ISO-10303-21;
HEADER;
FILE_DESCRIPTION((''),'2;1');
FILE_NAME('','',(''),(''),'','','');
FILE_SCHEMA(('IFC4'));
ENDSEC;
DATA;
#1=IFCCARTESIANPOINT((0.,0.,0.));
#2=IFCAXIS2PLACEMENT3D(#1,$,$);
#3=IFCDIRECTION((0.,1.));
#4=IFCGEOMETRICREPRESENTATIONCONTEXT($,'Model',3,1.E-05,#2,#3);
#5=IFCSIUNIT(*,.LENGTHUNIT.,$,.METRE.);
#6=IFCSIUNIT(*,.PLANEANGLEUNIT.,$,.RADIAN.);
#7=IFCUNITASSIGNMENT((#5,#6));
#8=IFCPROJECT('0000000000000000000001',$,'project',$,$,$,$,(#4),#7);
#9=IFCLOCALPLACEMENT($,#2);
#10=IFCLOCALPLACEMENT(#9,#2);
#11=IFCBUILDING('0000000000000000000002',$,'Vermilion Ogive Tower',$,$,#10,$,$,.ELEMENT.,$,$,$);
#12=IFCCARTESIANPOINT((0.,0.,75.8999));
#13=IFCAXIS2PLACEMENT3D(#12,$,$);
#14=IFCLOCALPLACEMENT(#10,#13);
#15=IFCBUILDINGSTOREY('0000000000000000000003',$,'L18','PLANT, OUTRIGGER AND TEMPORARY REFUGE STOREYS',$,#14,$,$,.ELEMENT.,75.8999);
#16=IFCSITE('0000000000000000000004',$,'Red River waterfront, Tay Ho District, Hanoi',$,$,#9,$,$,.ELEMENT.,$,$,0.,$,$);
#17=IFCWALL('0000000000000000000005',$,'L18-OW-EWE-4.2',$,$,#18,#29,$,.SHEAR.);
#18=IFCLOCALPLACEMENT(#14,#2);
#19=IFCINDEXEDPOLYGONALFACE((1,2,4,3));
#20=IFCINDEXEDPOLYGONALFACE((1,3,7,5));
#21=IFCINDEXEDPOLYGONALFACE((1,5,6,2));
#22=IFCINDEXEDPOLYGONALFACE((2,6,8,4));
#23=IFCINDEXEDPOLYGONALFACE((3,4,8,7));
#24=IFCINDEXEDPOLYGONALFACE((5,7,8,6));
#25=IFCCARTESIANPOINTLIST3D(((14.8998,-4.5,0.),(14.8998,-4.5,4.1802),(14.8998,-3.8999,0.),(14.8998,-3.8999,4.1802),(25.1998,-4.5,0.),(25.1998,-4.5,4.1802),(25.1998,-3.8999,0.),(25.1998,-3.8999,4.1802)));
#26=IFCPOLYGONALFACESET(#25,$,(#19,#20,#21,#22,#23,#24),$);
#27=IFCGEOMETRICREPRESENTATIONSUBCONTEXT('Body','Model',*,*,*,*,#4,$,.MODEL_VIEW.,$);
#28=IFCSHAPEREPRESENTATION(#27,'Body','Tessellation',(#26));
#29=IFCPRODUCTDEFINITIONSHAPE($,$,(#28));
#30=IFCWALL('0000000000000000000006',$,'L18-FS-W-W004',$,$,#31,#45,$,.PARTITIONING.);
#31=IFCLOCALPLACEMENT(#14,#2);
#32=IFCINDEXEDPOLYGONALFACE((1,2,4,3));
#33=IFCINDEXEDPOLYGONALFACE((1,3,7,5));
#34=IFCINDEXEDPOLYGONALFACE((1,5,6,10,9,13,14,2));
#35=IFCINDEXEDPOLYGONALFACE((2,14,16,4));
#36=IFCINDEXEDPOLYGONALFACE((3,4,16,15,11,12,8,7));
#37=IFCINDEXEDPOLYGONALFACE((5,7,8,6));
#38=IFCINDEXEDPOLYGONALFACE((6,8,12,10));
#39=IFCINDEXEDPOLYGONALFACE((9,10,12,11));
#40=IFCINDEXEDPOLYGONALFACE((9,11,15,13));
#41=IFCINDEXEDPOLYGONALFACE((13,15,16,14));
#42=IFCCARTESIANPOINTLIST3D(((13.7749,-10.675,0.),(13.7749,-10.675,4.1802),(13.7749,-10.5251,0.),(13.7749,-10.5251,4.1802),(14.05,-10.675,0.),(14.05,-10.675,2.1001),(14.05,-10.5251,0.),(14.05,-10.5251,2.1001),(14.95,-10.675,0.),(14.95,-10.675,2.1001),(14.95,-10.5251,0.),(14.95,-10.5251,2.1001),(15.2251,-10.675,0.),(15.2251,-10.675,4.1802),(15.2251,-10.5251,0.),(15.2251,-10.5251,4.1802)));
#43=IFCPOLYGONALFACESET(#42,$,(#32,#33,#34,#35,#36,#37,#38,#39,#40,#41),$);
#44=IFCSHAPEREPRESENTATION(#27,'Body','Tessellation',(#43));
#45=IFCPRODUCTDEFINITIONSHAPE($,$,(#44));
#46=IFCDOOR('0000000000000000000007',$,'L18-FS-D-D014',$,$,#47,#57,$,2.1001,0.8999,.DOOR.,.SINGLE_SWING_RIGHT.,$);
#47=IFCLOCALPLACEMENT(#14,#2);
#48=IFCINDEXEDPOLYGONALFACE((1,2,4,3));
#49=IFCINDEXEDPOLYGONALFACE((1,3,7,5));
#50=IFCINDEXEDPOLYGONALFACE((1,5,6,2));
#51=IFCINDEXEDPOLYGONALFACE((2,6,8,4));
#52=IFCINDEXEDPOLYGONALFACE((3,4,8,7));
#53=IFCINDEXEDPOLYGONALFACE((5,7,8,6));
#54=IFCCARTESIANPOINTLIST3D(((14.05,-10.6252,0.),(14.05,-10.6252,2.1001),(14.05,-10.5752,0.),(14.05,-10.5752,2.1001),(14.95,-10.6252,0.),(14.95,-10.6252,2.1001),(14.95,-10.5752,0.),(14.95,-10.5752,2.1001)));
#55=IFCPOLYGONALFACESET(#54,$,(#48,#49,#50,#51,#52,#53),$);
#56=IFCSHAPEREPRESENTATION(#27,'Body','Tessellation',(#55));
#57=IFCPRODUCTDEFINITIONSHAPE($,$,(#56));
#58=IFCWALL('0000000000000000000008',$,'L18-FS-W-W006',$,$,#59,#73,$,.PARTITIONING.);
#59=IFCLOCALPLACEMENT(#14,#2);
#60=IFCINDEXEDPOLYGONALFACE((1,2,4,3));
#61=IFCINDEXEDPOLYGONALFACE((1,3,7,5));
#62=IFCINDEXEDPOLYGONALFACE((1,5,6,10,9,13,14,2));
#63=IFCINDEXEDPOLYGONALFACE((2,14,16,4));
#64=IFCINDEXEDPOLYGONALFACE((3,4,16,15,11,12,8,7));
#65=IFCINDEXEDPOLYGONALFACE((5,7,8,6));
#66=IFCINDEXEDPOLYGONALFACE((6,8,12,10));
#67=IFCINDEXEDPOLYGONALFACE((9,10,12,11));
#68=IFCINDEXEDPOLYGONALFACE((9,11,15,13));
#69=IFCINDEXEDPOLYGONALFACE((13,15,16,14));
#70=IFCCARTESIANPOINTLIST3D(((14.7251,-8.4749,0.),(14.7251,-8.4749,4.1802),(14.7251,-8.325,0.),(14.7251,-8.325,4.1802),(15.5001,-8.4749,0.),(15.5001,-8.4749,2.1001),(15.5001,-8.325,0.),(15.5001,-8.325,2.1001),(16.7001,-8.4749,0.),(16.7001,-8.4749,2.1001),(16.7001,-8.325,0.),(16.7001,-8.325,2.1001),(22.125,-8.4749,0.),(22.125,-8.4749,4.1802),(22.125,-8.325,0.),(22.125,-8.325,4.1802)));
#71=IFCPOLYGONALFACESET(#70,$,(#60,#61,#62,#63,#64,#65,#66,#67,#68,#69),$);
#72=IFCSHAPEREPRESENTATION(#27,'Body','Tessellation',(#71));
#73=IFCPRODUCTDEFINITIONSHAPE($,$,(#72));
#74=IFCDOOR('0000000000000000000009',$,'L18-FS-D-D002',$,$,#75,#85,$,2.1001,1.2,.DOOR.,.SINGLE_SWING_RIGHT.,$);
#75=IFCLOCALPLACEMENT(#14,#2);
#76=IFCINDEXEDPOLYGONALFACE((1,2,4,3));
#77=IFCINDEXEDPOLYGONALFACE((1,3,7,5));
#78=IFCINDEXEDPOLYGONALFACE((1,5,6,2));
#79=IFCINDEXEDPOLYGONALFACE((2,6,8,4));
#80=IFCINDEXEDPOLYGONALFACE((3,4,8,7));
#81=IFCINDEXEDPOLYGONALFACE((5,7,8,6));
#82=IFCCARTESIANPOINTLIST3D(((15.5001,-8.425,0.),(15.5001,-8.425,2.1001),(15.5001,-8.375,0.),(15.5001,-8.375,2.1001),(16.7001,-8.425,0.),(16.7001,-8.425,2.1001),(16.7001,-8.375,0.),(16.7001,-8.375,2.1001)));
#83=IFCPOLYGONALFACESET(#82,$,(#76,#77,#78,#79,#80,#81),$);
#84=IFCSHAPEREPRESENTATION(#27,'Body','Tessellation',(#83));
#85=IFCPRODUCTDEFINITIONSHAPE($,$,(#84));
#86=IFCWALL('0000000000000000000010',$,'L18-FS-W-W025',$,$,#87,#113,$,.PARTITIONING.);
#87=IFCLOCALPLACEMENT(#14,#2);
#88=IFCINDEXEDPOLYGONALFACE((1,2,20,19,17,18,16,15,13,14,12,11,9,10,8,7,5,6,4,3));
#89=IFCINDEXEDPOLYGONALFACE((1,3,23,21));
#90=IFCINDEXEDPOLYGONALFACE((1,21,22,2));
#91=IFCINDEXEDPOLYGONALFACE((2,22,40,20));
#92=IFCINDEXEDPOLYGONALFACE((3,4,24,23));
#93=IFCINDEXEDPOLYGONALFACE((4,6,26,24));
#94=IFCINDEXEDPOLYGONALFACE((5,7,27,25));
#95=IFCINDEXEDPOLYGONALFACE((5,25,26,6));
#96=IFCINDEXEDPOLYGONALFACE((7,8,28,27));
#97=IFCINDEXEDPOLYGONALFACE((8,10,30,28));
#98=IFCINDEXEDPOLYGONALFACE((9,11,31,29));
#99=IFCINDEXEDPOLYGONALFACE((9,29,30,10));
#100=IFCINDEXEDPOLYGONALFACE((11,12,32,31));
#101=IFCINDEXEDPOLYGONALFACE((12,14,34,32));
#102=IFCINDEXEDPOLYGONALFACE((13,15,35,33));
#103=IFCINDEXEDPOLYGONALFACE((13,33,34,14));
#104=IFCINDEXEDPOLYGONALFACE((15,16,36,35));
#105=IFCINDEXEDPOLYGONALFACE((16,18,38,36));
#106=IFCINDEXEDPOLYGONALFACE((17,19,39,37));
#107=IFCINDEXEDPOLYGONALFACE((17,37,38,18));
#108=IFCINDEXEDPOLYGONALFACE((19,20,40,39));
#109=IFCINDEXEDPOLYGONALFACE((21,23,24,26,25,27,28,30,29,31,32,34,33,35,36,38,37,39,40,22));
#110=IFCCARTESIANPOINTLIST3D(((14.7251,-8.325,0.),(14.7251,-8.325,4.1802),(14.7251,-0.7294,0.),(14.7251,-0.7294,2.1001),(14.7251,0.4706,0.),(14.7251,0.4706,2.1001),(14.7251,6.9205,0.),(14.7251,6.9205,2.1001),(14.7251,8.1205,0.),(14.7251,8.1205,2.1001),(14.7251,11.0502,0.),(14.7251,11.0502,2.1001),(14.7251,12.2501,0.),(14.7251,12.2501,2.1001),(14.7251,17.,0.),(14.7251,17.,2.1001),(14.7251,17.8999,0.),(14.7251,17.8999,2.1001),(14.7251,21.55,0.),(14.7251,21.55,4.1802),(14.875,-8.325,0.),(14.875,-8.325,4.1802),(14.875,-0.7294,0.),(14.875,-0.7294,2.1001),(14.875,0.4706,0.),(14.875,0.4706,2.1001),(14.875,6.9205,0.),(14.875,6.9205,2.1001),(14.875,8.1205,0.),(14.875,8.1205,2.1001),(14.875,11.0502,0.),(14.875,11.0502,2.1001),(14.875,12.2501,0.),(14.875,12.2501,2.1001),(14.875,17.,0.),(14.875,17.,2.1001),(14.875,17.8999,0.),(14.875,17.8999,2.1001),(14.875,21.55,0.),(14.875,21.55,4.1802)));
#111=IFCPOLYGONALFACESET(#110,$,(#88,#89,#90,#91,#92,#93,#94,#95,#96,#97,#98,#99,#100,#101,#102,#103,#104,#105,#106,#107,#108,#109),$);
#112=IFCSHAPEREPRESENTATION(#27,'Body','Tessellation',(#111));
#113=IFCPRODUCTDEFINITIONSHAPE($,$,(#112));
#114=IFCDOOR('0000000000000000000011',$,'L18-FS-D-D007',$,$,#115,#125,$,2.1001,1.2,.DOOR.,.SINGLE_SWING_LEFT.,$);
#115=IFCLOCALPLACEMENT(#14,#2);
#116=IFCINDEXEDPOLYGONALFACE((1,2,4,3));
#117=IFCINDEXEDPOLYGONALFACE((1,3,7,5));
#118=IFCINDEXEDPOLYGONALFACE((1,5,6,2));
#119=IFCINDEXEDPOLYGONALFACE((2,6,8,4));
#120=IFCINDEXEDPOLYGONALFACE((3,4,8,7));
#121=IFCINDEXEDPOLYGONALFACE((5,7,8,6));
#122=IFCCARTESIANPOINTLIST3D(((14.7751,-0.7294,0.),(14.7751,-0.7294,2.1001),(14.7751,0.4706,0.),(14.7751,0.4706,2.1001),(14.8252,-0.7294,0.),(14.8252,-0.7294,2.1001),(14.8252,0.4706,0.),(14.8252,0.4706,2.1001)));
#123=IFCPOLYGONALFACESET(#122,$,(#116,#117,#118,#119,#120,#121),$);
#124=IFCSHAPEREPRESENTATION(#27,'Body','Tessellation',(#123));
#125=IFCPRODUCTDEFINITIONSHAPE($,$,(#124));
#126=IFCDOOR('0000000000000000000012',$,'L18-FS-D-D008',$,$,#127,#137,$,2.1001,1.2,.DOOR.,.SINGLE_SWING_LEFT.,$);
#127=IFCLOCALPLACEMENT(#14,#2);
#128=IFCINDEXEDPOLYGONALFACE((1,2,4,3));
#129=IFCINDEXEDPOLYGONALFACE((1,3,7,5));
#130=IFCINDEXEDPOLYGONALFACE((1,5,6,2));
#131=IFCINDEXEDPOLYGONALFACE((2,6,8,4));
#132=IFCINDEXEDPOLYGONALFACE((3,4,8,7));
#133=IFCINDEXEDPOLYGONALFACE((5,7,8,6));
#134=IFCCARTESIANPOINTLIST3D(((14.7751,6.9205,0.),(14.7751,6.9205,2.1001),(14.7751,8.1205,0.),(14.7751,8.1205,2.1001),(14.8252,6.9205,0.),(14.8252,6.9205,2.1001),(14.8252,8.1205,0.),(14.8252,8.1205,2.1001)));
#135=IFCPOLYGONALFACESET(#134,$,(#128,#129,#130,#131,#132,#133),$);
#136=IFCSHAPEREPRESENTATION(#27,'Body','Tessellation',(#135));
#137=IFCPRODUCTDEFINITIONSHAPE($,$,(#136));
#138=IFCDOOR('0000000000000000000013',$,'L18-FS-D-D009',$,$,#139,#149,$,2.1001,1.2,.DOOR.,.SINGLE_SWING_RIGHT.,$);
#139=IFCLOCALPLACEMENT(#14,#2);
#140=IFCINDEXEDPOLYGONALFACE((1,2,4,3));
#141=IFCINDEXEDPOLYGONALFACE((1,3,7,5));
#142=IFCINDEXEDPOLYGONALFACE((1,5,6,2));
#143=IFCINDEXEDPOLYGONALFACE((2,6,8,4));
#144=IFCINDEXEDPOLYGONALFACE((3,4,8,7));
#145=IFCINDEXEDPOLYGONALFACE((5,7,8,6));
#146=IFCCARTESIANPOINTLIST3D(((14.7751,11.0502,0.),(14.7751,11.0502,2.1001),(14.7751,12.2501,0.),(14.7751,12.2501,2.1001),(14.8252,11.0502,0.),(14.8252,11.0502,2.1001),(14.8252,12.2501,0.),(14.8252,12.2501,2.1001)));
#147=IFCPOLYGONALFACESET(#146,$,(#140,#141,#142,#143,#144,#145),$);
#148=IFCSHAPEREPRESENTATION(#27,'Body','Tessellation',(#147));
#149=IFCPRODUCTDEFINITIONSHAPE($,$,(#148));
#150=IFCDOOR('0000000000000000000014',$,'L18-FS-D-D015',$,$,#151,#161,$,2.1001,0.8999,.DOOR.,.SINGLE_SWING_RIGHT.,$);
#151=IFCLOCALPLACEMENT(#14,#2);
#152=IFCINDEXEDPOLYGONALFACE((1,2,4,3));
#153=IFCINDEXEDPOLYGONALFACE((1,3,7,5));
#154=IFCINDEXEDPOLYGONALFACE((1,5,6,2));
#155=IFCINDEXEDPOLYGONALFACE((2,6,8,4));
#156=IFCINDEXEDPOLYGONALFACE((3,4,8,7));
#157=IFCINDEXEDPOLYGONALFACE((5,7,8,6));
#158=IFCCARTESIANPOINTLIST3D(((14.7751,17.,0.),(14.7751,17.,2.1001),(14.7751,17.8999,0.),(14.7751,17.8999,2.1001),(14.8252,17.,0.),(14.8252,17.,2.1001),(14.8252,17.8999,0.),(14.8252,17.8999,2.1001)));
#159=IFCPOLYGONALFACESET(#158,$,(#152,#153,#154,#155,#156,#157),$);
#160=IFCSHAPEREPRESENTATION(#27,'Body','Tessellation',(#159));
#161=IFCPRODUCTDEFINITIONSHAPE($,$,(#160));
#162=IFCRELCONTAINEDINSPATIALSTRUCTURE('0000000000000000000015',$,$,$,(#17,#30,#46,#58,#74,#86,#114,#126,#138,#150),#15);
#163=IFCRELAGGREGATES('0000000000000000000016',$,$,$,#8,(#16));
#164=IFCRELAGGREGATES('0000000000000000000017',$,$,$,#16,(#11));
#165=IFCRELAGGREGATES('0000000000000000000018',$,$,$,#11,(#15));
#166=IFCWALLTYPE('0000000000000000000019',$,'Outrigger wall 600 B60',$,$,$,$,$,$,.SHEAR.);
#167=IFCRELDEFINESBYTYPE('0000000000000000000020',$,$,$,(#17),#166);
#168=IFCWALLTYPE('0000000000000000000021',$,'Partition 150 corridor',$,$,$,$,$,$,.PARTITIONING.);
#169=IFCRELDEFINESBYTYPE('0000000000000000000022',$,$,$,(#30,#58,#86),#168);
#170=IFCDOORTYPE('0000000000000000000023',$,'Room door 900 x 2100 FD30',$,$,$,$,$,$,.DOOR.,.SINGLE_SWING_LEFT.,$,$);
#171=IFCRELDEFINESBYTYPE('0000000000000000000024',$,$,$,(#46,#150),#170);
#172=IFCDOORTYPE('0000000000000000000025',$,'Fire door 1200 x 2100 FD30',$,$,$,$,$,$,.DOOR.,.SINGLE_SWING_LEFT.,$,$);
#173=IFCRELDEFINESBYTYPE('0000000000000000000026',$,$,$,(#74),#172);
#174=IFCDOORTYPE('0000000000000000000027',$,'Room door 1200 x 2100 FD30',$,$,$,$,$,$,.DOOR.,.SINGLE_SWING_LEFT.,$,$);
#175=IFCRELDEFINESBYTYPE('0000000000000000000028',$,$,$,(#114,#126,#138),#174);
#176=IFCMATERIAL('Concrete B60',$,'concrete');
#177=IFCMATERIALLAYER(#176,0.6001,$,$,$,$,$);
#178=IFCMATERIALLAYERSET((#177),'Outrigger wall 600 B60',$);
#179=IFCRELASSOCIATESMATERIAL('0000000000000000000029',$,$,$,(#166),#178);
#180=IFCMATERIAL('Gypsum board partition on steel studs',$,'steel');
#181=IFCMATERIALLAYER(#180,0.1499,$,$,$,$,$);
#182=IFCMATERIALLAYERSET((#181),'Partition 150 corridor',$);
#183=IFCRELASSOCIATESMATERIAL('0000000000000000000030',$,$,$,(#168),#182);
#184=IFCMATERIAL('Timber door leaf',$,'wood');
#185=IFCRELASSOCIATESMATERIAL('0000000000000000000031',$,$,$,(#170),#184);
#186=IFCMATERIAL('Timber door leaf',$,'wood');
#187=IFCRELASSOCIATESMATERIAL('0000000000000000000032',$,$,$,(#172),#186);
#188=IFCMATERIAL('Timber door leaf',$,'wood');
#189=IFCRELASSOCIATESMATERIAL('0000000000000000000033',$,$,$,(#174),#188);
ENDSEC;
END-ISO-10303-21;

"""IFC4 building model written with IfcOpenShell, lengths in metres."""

from ifc_helpers import new_model, si_unit, direction, frame, frame_2d, origin, place, context, subcontext, project, spatial, rectangle, extrude, material, layer, layer_set, type_object, element, fill, save


model = new_model("IFC4")

# Units and contexts
model_context = context("Model", 3, precision=1e-05, world=origin(), true_north=direction((0.0, 1.0)))
body_context = subcontext(model_context, "Body", "Model", "MODEL_VIEW")
ifc_project = project(units=[si_unit("LENGTHUNIT", "METRE"), si_unit("PLANEANGLEUNIT", "RADIAN")], contexts=[model_context])

# Site, building, storey
site_placement = place(None, origin())
site = spatial("IfcSite", under=ifc_project, at=site_placement, Name="Red River waterfront, Tay Ho District, Hanoi", CompositionType="ELEMENT", RefElevation=0.0)
building_placement = place(site_placement, origin())
building = spatial("IfcBuilding", under=site, at=building_placement, Name="Vermilion Ogive Tower", CompositionType="ELEMENT")
storey_placement = place(building_placement, frame((0.0, 0.0, 75.8999)))
storey = spatial("IfcBuildingStorey", under=building, at=storey_placement, Name="L18", Description="PLANT, OUTRIGGER AND TEMPORARY REFUGE STOREYS", CompositionType="ELEMENT", Elevation=75.8999)

# Wall
ifc_material_1 = material(Name="Concrete B60", Category="concrete")
ifc_layer_1 = layer(ifc_material_1, 0.6001)
ifc_layer_set_1 = layer_set([ifc_layer_1], Name="Outrigger wall 600 B60")
wall_type_1 = type_object("IfcWallType", Name="Outrigger wall 600 B60", PredefinedType="SHEAR", material=ifc_layer_set_1)
wall_1_placement = place(storey_placement, frame((14.8999, -4.2, 0.0), z_axis=(0.0, 0.0, 1.0), x_axis=(1.0, 0.0, 0.0)))
element("IfcWall", 1, at=wall_1_placement, inside=storey, type_object=wall_type_1, Name="L18-OW-EWE-4.2", PredefinedType="SHEAR", context=body_context, shape_type="SweptSolid", body=[
    extrude(rectangle(XDim=10.3, YDim=0.6001, at=frame_2d((5.1499, 0.0))), origin(), (0.0, 0.0, 1.0), 4.1802),
])

# Walls, openings, doors
ifc_material_2 = material(Name="Gypsum board partition on steel studs", Category="steel")
ifc_layer_2 = layer(ifc_material_2, 0.1499)
ifc_layer_set_2 = layer_set([ifc_layer_2], Name="Partition 150 corridor")
wall_type_2 = type_object("IfcWallType", Name="Partition 150 corridor", PredefinedType="PARTITIONING", material=ifc_layer_set_2)
wall_2_placement = place(storey_placement, frame((13.7749, -10.6001, 0.0), z_axis=(0.0, 0.0, 1.0), x_axis=(1.0, 0.0, 0.0)))
wall_2 = element("IfcWall", 2, at=wall_2_placement, inside=storey, type_object=wall_type_2, Name="L18-FS-W-W004", PredefinedType="PARTITIONING", context=body_context, shape_type="SweptSolid", body=[
    extrude(rectangle(XDim=1.4502, YDim=0.1499, at=frame_2d((0.7251, 0.0))), origin(), (0.0, 0.0, 1.0), 4.1802),
])
opening_1_placement = place(wall_2_placement, frame((0.2751, 0.0, 0.0)))
opening_1 = element("IfcOpeningElement", 3, at=opening_1_placement, cuts=wall_2, PredefinedType="OPENING", context=body_context, shape_type="SweptSolid", body=[
    extrude(rectangle(XDim=0.8999, YDim=2.1001, at=frame_2d((0.45, 1.05))), frame((0.0, 0.085, 0.0), z_axis=(0.0, -1.0, 0.0), x_axis=(1.0, 0.0, 0.0)), (0.0, 0.0, 1.0), 0.1699),
])
ifc_material_3 = material(Name="Timber door leaf", Category="wood")
door_type_1 = type_object("IfcDoorType", Name="Room door 900 x 2100 FD30", OperationType="SINGLE_SWING_LEFT", PredefinedType="DOOR", material=ifc_material_3)
door_1_placement = place(opening_1_placement, origin())
door_1 = element("IfcDoor", 4, at=door_1_placement, inside=storey, type_object=door_type_1, Name="L18-FS-D-D014", OperationType="SINGLE_SWING_RIGHT", OverallHeight=2.1001, OverallWidth=0.8999, PredefinedType="DOOR", context=body_context, shape_type="SweptSolid", body=[
    extrude(rectangle(XDim=0.8999, YDim=2.1001, at=frame_2d((0.45, 1.05))), frame((0.0, 0.0249, 0.0), z_axis=(0.0, -1.0, 0.0), x_axis=(1.0, 0.0, 0.0)), (0.0, 0.0, 1.0), 0.05),
])
fill(opening_1, door_1)
wall_3_placement = place(storey_placement, frame((14.7251, -8.3999, 0.0), z_axis=(0.0, 0.0, 1.0), x_axis=(1.0, 0.0, 0.0)))
wall_3 = element("IfcWall", 5, at=wall_3_placement, inside=storey, type_object=wall_type_2, Name="L18-FS-W-W006", PredefinedType="PARTITIONING", context=body_context, shape_type="SweptSolid", body=[
    extrude(rectangle(XDim=7.3999, YDim=0.1499, at=frame_2d((3.7, 0.0))), origin(), (0.0, 0.0, 1.0), 4.1802),
])
opening_2_placement = place(wall_3_placement, frame((0.7749, 0.0, 0.0)))
opening_2 = element("IfcOpeningElement", 6, at=opening_2_placement, cuts=wall_3, PredefinedType="OPENING", context=body_context, shape_type="SweptSolid", body=[
    extrude(rectangle(XDim=1.2, YDim=2.1001, at=frame_2d((0.6001, 1.05))), frame((0.0, 0.085, 0.0), z_axis=(0.0, -1.0, 0.0), x_axis=(1.0, 0.0, 0.0)), (0.0, 0.0, 1.0), 0.1699),
])
ifc_material_4 = material(Name="Timber door leaf", Category="wood")
door_type_2 = type_object("IfcDoorType", Name="Fire door 1200 x 2100 FD30", OperationType="SINGLE_SWING_LEFT", PredefinedType="DOOR", material=ifc_material_4)
door_2_placement = place(opening_2_placement, origin())
door_2 = element("IfcDoor", 7, at=door_2_placement, inside=storey, type_object=door_type_2, Name="L18-FS-D-D002", OperationType="SINGLE_SWING_RIGHT", OverallHeight=2.1001, OverallWidth=1.2, PredefinedType="DOOR", context=body_context, shape_type="SweptSolid", body=[
    extrude(rectangle(XDim=1.2, YDim=2.1001, at=frame_2d((0.6001, 1.05))), frame((0.0, 0.0249, 0.0), z_axis=(0.0, -1.0, 0.0), x_axis=(1.0, 0.0, 0.0)), (0.0, 0.0, 1.0), 0.05),
])
fill(opening_2, door_2)

# Wall, openings, doors
wall_4_placement = place(storey_placement, frame((14.8, -8.325, 0.0), z_axis=(0.0, 0.0, 1.0), x_axis=(0.0, 1.0, 0.0)))
wall_4 = element("IfcWall", 8, at=wall_4_placement, inside=storey, type_object=wall_type_2, Name="L18-FS-W-W025", PredefinedType="PARTITIONING", context=body_context, shape_type="SweptSolid", body=[
    extrude(rectangle(XDim=29.875, YDim=0.1499, at=frame_2d((14.9375, 0.0))), origin(), (0.0, 0.0, 1.0), 4.1802),
])
opening_3_placement = place(wall_4_placement, frame((7.5955, 0.0, 0.0)))
opening_3 = element("IfcOpeningElement", 9, at=opening_3_placement, cuts=wall_4, PredefinedType="OPENING", context=body_context, shape_type="SweptSolid", body=[
    extrude(rectangle(XDim=1.2, YDim=2.1001, at=frame_2d((0.6001, 1.05))), frame((0.0, 0.085, 0.0), z_axis=(0.0, -1.0, 0.0), x_axis=(1.0, 0.0, 0.0)), (0.0, 0.0, 1.0), 0.1699),
])
opening_4_placement = place(wall_4_placement, frame((15.2454, 0.0, 0.0)))
opening_4 = element("IfcOpeningElement", 10, at=opening_4_placement, cuts=wall_4, PredefinedType="OPENING", context=body_context, shape_type="SweptSolid", body=[
    extrude(rectangle(XDim=1.2, YDim=2.1001, at=frame_2d((0.6001, 1.05))), frame((0.0, 0.085, 0.0), z_axis=(0.0, -1.0, 0.0), x_axis=(1.0, 0.0, 0.0)), (0.0, 0.0, 1.0), 0.1699),
])
opening_5_placement = place(wall_4_placement, frame((19.375, 0.0, 0.0)))
opening_5 = element("IfcOpeningElement", 11, at=opening_5_placement, cuts=wall_4, PredefinedType="OPENING", context=body_context, shape_type="SweptSolid", body=[
    extrude(rectangle(XDim=1.2, YDim=2.1001, at=frame_2d((0.6001, 1.05))), frame((0.0, 0.085, 0.0), z_axis=(0.0, -1.0, 0.0), x_axis=(1.0, 0.0, 0.0)), (0.0, 0.0, 1.0), 0.1699),
])
opening_6_placement = place(wall_4_placement, frame((25.325, 0.0, 0.0)))
opening_6 = element("IfcOpeningElement", 12, at=opening_6_placement, cuts=wall_4, PredefinedType="OPENING", context=body_context, shape_type="SweptSolid", body=[
    extrude(rectangle(XDim=0.8999, YDim=2.1001, at=frame_2d((0.45, 1.05))), frame((0.0, 0.085, 0.0), z_axis=(0.0, -1.0, 0.0), x_axis=(1.0, 0.0, 0.0)), (0.0, 0.0, 1.0), 0.1699),
])
ifc_material_5 = material(Name="Timber door leaf", Category="wood")
door_type_3 = type_object("IfcDoorType", Name="Room door 1200 x 2100 FD30", OperationType="SINGLE_SWING_LEFT", PredefinedType="DOOR", material=ifc_material_5)
door_3_placement = place(opening_3_placement, origin())
door_3 = element("IfcDoor", 13, at=door_3_placement, inside=storey, type_object=door_type_3, Name="L18-FS-D-D007", OperationType="SINGLE_SWING_LEFT", OverallHeight=2.1001, OverallWidth=1.2, PredefinedType="DOOR", context=body_context, shape_type="SweptSolid", body=[
    extrude(rectangle(XDim=1.2, YDim=2.1001, at=frame_2d((0.6001, 1.05))), frame((0.0, 0.0249, 0.0), z_axis=(0.0, -1.0, 0.0), x_axis=(1.0, 0.0, 0.0)), (0.0, 0.0, 1.0), 0.05),
])
fill(opening_3, door_3)
door_4_placement = place(opening_4_placement, origin())
door_4 = element("IfcDoor", 14, at=door_4_placement, inside=storey, type_object=door_type_3, Name="L18-FS-D-D008", OperationType="SINGLE_SWING_LEFT", OverallHeight=2.1001, OverallWidth=1.2, PredefinedType="DOOR", context=body_context, shape_type="SweptSolid", body=[
    extrude(rectangle(XDim=1.2, YDim=2.1001, at=frame_2d((0.6001, 1.05))), frame((0.0, 0.0249, 0.0), z_axis=(0.0, -1.0, 0.0), x_axis=(1.0, 0.0, 0.0)), (0.0, 0.0, 1.0), 0.05),
])
fill(opening_4, door_4)
door_5_placement = place(opening_5_placement, origin())
door_5 = element("IfcDoor", 15, at=door_5_placement, inside=storey, type_object=door_type_3, Name="L18-FS-D-D009", OperationType="SINGLE_SWING_RIGHT", OverallHeight=2.1001, OverallWidth=1.2, PredefinedType="DOOR", context=body_context, shape_type="SweptSolid", body=[
    extrude(rectangle(XDim=1.2, YDim=2.1001, at=frame_2d((0.6001, 1.05))), frame((0.0, 0.0249, 0.0), z_axis=(0.0, -1.0, 0.0), x_axis=(1.0, 0.0, 0.0)), (0.0, 0.0, 1.0), 0.05),
])
fill(opening_5, door_5)
door_6_placement = place(opening_6_placement, origin())
door_6 = element("IfcDoor", 16, at=door_6_placement, inside=storey, type_object=door_type_1, Name="L18-FS-D-D015", OperationType="SINGLE_SWING_RIGHT", OverallHeight=2.1001, OverallWidth=0.8999, PredefinedType="DOOR", context=body_context, shape_type="SweptSolid", body=[
    extrude(rectangle(XDim=0.8999, YDim=2.1001, at=frame_2d((0.45, 1.05))), frame((0.0, 0.0249, 0.0), z_axis=(0.0, -1.0, 0.0), x_axis=(1.0, 0.0, 0.0)), (0.0, 0.0, 1.0), 0.05),
])
fill(opening_6, door_6)

save(model, "model.ifc")
